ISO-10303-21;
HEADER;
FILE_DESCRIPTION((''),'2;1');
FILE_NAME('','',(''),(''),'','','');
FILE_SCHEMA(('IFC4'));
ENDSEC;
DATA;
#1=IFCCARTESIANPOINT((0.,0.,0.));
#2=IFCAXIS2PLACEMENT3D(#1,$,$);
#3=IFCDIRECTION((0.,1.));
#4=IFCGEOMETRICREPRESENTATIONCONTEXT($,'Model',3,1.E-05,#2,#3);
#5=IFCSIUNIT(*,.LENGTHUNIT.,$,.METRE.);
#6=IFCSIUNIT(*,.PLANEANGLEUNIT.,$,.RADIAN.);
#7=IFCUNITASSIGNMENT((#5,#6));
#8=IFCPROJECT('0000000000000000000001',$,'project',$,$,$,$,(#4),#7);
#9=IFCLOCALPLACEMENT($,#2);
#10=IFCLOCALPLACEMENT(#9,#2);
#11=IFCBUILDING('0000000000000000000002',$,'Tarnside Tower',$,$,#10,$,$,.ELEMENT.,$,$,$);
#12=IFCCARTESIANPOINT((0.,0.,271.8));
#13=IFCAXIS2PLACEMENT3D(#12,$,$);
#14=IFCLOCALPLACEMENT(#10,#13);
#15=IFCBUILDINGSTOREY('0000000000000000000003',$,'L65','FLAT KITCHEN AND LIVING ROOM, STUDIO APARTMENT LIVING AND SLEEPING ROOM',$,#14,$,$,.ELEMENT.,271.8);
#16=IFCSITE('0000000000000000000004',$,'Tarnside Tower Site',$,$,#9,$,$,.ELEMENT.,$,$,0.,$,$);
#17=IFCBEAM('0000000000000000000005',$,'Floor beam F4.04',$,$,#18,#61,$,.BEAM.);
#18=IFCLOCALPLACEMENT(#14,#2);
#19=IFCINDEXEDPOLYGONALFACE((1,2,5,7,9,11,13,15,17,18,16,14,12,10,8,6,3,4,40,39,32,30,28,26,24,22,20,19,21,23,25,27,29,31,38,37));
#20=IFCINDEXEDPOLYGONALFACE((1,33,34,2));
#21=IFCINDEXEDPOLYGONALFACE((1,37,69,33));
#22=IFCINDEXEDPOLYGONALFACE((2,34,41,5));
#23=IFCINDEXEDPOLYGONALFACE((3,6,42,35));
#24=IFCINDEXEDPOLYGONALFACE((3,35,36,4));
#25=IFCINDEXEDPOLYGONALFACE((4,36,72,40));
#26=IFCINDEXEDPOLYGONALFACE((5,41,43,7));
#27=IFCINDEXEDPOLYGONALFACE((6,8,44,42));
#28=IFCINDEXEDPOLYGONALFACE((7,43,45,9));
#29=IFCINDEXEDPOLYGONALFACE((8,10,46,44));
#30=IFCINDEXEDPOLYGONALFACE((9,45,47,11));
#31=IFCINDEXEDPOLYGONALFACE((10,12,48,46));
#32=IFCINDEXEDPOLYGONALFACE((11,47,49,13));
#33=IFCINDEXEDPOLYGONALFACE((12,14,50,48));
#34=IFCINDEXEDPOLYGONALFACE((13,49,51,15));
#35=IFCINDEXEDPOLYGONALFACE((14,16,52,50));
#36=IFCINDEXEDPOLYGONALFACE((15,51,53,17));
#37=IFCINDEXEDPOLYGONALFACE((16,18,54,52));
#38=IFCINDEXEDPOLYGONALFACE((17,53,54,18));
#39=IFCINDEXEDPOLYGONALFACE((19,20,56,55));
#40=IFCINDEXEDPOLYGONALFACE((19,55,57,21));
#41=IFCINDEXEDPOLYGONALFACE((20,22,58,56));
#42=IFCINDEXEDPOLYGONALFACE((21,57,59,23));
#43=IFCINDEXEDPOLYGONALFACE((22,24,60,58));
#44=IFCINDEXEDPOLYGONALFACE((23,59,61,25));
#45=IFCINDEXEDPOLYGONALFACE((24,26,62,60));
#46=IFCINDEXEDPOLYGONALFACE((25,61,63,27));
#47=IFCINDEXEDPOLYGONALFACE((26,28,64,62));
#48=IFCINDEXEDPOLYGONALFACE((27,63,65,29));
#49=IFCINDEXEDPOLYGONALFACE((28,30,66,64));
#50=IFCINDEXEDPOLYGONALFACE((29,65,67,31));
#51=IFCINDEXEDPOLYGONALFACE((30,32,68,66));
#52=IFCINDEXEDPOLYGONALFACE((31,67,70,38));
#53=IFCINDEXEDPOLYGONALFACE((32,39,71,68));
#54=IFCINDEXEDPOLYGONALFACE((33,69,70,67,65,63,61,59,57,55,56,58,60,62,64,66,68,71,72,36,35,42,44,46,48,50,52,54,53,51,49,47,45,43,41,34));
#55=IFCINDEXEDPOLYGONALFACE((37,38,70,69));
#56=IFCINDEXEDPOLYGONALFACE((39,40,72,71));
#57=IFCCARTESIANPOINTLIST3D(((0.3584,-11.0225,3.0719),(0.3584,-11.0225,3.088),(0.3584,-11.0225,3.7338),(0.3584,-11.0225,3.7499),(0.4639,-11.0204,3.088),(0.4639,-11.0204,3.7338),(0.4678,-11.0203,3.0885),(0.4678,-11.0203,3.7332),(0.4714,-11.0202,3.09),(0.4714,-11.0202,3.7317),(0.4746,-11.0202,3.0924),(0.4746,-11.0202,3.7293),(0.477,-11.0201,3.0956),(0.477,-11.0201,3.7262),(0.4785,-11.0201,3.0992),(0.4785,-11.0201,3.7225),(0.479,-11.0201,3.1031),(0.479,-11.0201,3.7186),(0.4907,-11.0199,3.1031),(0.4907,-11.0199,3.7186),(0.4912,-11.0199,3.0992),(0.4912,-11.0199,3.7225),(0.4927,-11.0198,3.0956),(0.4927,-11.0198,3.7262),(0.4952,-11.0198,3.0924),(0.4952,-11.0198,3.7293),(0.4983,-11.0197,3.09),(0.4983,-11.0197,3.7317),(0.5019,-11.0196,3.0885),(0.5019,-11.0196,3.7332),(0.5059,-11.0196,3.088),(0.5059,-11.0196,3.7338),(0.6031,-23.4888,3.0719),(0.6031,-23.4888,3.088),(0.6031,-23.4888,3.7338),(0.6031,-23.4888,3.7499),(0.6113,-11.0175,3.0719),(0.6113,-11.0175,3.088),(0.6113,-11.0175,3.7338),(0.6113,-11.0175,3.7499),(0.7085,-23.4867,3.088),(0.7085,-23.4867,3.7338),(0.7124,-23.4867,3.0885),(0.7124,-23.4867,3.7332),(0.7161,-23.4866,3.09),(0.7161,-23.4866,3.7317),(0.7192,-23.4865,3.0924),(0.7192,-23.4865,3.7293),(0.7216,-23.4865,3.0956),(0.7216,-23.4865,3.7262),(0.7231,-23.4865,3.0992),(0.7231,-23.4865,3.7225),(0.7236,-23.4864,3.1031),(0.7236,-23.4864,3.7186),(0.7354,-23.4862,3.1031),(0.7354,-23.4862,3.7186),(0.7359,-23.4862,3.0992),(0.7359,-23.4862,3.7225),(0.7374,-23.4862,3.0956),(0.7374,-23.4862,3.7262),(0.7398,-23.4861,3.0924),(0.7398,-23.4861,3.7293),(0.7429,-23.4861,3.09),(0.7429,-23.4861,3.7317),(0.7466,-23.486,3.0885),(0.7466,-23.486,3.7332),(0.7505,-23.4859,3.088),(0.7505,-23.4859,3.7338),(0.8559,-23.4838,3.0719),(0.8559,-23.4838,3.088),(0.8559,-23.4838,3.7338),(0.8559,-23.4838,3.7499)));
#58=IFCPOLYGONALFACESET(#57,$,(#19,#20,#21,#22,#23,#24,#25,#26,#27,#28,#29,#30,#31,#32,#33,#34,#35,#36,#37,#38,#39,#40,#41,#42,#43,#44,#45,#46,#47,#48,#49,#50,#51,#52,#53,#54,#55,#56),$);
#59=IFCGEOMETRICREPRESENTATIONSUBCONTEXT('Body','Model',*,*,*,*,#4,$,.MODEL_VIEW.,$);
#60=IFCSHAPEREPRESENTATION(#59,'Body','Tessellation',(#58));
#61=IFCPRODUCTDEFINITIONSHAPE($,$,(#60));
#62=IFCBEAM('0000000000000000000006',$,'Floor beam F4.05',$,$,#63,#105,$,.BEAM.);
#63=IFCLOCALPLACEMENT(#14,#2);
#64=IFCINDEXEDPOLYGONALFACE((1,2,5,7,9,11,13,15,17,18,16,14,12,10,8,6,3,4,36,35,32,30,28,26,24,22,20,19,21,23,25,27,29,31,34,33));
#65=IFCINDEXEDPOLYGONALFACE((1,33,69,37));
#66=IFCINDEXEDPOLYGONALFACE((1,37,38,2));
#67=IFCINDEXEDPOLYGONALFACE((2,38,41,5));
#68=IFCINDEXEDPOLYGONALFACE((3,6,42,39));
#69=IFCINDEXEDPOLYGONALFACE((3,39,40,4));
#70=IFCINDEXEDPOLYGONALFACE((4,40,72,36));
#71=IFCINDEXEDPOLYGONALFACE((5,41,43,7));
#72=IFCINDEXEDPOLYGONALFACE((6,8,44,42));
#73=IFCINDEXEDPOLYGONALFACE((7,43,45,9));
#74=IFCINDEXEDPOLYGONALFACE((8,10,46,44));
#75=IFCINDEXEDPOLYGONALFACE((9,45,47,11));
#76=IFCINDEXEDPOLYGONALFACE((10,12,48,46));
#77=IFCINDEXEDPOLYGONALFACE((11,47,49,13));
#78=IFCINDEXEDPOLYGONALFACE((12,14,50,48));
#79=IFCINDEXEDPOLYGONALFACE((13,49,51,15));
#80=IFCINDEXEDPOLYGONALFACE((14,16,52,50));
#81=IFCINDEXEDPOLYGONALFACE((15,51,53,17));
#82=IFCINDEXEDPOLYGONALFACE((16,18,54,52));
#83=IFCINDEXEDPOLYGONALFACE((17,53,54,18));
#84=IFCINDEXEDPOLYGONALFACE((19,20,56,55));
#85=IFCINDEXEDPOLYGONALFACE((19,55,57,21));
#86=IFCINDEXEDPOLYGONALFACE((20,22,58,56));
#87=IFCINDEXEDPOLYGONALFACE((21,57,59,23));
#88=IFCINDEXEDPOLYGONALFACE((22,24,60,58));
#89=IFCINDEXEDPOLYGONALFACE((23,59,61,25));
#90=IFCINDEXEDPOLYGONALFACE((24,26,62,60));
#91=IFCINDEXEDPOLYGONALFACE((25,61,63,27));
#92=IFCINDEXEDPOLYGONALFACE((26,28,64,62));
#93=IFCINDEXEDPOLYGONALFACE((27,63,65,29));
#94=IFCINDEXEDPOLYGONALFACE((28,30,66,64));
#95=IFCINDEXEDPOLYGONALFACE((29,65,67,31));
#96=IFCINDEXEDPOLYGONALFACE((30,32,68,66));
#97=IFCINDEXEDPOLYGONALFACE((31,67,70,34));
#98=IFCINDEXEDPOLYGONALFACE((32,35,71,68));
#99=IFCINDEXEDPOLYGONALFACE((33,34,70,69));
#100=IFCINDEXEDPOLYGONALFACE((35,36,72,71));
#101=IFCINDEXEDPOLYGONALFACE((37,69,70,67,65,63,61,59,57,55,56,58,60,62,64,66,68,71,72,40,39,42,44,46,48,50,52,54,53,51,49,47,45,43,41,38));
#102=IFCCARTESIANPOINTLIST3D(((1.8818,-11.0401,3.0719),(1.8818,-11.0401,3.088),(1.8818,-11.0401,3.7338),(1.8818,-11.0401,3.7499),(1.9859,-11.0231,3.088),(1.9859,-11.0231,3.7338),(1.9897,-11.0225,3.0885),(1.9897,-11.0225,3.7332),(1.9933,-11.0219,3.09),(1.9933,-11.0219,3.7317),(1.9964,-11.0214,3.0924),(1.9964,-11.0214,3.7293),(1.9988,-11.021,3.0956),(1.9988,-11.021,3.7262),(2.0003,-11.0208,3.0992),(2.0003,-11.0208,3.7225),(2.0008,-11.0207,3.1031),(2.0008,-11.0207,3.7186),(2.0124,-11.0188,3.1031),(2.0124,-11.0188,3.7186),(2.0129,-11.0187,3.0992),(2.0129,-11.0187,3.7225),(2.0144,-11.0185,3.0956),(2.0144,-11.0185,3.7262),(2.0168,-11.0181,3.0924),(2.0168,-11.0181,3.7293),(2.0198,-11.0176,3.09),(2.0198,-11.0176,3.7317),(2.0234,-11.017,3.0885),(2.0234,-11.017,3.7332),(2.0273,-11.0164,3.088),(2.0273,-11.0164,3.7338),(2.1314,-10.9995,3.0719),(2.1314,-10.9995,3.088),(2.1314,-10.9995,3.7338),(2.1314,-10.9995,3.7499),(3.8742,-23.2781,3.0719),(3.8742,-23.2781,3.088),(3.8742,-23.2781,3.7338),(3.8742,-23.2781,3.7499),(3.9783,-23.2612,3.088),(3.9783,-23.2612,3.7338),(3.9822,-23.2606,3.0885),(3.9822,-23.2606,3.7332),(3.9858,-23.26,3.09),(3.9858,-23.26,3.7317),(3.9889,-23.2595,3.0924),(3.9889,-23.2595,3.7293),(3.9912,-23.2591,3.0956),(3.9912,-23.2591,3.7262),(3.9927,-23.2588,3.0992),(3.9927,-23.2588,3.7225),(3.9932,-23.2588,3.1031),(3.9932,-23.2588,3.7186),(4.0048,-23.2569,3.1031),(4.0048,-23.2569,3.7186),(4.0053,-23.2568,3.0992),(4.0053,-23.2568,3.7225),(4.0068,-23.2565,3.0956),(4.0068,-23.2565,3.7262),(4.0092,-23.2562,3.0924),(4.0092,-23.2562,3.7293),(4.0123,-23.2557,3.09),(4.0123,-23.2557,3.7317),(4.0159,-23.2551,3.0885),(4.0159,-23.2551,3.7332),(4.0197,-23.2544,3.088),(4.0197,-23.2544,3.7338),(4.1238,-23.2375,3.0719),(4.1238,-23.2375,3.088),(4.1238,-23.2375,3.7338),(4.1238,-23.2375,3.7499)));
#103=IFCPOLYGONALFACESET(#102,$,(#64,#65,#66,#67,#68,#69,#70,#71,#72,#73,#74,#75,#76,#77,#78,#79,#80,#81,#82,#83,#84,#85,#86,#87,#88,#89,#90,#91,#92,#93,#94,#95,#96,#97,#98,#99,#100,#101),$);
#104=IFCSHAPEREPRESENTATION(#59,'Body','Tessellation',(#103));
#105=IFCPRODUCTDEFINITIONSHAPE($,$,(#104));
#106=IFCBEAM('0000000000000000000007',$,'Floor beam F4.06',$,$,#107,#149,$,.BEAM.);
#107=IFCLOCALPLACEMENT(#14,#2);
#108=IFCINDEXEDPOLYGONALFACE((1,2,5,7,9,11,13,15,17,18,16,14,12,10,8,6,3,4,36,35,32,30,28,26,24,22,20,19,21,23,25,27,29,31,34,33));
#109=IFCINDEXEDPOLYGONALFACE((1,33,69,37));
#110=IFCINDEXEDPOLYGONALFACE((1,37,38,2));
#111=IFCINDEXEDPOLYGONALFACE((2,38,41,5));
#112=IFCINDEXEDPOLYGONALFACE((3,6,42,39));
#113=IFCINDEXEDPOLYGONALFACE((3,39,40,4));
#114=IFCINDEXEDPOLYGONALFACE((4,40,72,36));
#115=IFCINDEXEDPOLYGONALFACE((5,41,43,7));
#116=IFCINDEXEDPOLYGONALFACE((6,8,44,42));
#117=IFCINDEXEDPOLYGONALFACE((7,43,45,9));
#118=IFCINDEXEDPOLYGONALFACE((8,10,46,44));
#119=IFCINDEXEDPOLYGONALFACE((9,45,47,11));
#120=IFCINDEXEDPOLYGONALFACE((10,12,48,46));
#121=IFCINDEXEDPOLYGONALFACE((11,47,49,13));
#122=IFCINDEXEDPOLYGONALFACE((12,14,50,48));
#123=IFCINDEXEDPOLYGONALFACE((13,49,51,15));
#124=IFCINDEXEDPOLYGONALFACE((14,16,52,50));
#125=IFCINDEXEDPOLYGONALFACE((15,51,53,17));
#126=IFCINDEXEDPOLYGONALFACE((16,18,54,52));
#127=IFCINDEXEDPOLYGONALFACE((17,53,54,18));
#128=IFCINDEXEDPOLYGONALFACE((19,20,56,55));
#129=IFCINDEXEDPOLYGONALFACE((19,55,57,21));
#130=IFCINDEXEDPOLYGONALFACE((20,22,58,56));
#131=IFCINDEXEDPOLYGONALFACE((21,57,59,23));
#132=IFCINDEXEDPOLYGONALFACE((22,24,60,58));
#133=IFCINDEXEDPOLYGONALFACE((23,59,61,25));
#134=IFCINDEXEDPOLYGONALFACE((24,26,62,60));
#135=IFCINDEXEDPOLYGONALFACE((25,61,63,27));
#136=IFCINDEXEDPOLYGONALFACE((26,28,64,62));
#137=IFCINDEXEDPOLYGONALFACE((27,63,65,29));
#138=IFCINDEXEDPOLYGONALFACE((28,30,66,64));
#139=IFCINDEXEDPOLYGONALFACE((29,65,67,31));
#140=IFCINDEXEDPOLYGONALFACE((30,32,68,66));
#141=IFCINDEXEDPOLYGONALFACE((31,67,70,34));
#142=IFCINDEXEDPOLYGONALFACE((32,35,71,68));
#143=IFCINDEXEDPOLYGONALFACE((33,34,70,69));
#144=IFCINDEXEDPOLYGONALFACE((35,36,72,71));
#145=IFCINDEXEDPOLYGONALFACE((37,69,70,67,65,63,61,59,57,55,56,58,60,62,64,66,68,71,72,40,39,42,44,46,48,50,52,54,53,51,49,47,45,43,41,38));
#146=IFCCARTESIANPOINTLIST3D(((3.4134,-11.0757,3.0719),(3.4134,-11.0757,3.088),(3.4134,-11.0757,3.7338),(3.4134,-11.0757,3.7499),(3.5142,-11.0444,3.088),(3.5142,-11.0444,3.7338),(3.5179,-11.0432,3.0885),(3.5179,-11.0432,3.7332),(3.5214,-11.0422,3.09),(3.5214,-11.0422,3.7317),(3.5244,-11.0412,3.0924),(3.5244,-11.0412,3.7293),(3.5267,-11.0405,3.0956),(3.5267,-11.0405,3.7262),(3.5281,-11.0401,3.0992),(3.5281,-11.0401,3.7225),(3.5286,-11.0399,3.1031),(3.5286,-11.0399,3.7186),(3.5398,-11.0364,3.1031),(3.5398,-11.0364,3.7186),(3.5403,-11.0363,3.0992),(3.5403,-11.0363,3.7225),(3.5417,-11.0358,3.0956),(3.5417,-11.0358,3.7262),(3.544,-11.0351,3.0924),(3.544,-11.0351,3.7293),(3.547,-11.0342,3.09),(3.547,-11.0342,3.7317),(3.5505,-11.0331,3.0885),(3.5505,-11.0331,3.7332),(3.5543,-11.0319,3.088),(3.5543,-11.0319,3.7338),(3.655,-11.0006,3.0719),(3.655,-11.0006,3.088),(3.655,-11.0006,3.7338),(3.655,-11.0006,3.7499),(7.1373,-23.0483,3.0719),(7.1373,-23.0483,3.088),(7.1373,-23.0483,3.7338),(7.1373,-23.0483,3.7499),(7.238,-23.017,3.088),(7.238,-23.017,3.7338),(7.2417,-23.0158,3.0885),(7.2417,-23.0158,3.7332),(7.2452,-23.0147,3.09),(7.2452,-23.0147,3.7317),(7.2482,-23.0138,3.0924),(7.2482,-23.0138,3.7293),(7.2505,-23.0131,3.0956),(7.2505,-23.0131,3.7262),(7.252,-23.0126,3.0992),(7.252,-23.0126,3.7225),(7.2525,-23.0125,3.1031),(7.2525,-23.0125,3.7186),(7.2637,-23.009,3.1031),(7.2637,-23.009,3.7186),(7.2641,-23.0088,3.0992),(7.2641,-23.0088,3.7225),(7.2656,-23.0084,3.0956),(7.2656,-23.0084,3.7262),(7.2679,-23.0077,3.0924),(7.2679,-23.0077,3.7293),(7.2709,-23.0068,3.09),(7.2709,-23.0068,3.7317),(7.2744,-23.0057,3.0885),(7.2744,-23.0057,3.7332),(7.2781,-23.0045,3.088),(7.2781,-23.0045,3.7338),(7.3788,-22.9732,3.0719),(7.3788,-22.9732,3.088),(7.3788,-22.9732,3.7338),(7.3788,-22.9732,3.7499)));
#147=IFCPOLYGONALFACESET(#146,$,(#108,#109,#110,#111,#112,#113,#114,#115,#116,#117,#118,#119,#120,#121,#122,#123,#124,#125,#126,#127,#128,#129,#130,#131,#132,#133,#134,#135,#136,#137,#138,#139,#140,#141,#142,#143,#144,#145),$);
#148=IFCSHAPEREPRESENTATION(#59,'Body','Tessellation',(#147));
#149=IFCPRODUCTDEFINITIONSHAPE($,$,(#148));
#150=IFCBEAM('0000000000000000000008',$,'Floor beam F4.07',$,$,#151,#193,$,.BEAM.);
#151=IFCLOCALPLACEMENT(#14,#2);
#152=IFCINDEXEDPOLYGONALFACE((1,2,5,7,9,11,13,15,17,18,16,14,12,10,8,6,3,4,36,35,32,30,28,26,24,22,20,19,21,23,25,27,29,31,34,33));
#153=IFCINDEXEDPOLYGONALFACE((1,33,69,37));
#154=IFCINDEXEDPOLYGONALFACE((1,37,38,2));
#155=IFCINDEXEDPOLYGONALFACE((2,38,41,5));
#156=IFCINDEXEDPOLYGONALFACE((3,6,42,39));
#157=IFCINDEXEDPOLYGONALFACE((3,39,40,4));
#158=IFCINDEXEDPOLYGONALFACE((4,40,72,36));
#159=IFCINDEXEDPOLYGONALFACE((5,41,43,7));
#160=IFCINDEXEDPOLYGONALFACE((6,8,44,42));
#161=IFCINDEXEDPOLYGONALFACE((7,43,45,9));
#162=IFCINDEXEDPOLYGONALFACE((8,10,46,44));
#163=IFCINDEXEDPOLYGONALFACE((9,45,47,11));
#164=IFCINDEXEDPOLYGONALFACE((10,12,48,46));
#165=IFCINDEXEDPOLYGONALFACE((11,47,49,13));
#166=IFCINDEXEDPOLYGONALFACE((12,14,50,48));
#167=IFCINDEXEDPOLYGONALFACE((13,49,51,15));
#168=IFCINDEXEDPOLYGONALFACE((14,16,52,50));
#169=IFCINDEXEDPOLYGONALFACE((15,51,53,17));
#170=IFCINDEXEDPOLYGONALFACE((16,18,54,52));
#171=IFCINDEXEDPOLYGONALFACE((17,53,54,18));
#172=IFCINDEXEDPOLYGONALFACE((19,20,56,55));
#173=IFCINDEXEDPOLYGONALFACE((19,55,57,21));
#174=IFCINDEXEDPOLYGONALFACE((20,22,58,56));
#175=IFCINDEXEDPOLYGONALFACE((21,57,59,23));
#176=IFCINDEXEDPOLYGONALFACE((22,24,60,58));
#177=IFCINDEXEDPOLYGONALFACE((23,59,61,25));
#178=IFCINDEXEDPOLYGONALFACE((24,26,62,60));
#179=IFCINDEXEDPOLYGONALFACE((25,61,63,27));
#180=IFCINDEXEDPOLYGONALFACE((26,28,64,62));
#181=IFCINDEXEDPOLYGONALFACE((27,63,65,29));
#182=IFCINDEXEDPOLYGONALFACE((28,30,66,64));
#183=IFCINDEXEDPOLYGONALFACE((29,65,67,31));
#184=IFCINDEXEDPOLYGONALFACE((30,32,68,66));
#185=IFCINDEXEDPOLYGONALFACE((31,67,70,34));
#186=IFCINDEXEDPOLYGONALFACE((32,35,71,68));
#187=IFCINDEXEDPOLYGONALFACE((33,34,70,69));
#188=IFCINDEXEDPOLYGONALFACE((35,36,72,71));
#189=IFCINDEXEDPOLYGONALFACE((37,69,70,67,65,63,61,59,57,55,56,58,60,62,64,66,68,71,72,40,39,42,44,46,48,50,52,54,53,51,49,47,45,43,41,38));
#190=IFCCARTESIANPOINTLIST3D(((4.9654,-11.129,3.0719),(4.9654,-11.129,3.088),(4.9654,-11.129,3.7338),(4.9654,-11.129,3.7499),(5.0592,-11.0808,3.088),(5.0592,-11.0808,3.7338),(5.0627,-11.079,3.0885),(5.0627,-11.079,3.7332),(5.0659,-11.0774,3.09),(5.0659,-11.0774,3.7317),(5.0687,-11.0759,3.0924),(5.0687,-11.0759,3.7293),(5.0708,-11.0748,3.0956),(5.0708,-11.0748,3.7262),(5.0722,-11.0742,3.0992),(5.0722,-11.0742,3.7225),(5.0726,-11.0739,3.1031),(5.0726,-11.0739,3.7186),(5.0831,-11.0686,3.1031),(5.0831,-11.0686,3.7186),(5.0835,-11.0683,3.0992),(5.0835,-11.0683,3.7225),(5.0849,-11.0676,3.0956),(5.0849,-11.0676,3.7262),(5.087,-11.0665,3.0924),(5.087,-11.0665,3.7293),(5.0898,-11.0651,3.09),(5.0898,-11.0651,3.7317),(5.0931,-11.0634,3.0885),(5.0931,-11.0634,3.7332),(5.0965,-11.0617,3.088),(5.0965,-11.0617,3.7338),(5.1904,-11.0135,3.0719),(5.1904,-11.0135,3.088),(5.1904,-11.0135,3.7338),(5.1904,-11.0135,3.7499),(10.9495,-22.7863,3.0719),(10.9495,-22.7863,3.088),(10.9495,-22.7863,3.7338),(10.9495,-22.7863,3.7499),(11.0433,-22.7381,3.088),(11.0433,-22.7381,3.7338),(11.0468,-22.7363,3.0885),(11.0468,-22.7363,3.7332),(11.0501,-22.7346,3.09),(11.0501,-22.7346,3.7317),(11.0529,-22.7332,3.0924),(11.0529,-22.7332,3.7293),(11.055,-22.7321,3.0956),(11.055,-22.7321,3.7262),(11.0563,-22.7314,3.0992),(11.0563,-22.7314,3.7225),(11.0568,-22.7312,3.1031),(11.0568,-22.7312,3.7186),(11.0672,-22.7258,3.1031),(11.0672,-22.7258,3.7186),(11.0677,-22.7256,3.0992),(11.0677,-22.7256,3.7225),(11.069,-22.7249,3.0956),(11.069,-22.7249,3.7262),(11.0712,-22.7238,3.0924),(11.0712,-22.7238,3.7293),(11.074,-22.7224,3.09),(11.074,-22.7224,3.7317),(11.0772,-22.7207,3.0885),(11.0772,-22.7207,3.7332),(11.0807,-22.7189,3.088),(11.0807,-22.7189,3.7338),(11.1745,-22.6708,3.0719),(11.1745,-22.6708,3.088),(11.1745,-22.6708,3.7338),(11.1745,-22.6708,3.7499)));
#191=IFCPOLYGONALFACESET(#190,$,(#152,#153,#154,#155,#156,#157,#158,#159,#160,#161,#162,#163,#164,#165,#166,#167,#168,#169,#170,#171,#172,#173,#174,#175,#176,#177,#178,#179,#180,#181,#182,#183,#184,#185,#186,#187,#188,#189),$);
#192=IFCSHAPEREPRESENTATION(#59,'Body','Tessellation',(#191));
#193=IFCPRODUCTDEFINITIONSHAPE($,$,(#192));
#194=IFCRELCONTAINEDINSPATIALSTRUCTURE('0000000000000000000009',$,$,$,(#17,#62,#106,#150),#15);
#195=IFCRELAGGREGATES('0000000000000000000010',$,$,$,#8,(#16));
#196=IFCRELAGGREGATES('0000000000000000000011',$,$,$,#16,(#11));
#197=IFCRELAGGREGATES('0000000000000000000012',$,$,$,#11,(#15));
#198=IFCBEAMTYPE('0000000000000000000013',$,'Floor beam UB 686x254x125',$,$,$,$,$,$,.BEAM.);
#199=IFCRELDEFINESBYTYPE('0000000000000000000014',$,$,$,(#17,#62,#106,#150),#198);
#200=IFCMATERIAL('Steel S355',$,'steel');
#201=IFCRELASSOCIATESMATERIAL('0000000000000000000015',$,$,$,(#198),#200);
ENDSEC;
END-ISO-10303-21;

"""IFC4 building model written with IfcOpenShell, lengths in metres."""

from ifc_helpers import new_model, si_unit, direction, frame, origin, origin_2d, place, context, subcontext, project, spatial, i_section, extrude, material, material_profile, profile_set, type_object, element, save


model = new_model("IFC4")

# Units and contexts
model_context = context("Model", 3, precision=1e-05, world=origin(), true_north=direction((0.0, 1.0)))
body_context = subcontext(model_context, "Body", "Model", "MODEL_VIEW")
ifc_project = project(units=[si_unit("LENGTHUNIT", "METRE"), si_unit("PLANEANGLEUNIT", "RADIAN")], contexts=[model_context])

# Site, building, storey
site_placement = place(None, origin())
site = spatial("IfcSite", under=ifc_project, at=site_placement, Name="Tarnside Tower Site", CompositionType="ELEMENT", RefElevation=0.0)
building_placement = place(site_placement, origin())
building = spatial("IfcBuilding", under=site, at=building_placement, Name="Tarnside Tower", CompositionType="ELEMENT")
storey_placement = place(building_placement, frame((0.0, 0.0, 271.8)))
storey = spatial("IfcBuildingStorey", under=building, at=storey_placement, Name="L65", Description="FLAT KITCHEN AND LIVING ROOM, STUDIO APARTMENT LIVING AND SLEEPING ROOM", CompositionType="ELEMENT", Elevation=271.8)

# Beams
ifc_material_1 = material(Name="Steel S355", Category="steel")
ifc_material_profile = material_profile(ifc_material_1, i_section(OverallWidth=0.2529, OverallDepth=0.678, WebThickness=0.0117, FlangeThickness=0.0161, FilletRadius=0.0151, at=origin_2d()), Name="UB 686x254x125")
ifc_profile_set = profile_set([ifc_material_profile], Name="Steel S355")
beam_type = type_object("IfcBeamType", Name="Floor beam UB 686x254x125", PredefinedType="BEAM", material=ifc_profile_set)
beam_1_placement = place(storey_placement, frame((0.7295, -23.4863, 3.4109), z_axis=(-0.019619, 0.999808, 0.0), x_axis=(-0.999808, -0.019619, 0.0)))
element("IfcBeam", 1, at=beam_1_placement, inside=storey, type_object=beam_type, Name="Floor beam F4.04", PredefinedType="BEAM", context=body_context, shape_type="SweptSolid", body=[
    extrude(i_section(OverallWidth=0.2529, OverallDepth=0.678, WebThickness=0.0117, FlangeThickness=0.0161, FilletRadius=0.0151, at=origin_2d()), origin(), (0.0, 0.0, 1.0), 12.4688),
])
beam_2_placement = place(storey_placement, frame((3.999, -23.2578, 3.4109), z_axis=(-0.160691, 0.987005, 0.0), x_axis=(-0.987005, -0.160691, 0.0)))
element("IfcBeam", 2, at=beam_2_placement, inside=storey, type_object=beam_type, Name="Floor beam F4.05", PredefinedType="BEAM", context=body_context, shape_type="SweptSolid", body=[
    extrude(i_section(OverallWidth=0.2529, OverallDepth=0.678, WebThickness=0.0117, FlangeThickness=0.0161, FilletRadius=0.0151, at=origin_2d()), origin(), (0.0, 0.0, 1.0), 12.3992),
])
beam_3_placement = place(storey_placement, frame((7.2581, -23.0107, 3.4109), z_axis=(-0.296998, 0.954878, 0.0), x_axis=(-0.954878, -0.296998, 0.0)))
element("IfcBeam", 3, at=beam_3_placement, inside=storey, type_object=beam_type, Name="Floor beam F4.06", PredefinedType="BEAM", context=body_context, shape_type="SweptSolid", body=[
    extrude(i_section(OverallWidth=0.2529, OverallDepth=0.678, WebThickness=0.0117, FlangeThickness=0.0161, FilletRadius=0.0151, at=origin_2d()), origin(), (0.0, 0.0, 1.0), 12.5383),
])
beam_4_placement = place(storey_placement, frame((11.062, -22.7285, 3.4109), z_axis=(-0.456683, 0.889629, 0.0), x_axis=(-0.889629, -0.456683, 0.0)))
element("IfcBeam", 4, at=beam_4_placement, inside=storey, type_object=beam_type, Name="Floor beam F4.07", PredefinedType="BEAM", context=body_context, shape_type="SweptSolid", body=[
    extrude(i_section(OverallWidth=0.2529, OverallDepth=0.678, WebThickness=0.0117, FlangeThickness=0.0161, FilletRadius=0.0151, at=origin_2d()), origin(), (0.0, 0.0, 1.0), 13.1035),
])

save(model, "model.ifc")
